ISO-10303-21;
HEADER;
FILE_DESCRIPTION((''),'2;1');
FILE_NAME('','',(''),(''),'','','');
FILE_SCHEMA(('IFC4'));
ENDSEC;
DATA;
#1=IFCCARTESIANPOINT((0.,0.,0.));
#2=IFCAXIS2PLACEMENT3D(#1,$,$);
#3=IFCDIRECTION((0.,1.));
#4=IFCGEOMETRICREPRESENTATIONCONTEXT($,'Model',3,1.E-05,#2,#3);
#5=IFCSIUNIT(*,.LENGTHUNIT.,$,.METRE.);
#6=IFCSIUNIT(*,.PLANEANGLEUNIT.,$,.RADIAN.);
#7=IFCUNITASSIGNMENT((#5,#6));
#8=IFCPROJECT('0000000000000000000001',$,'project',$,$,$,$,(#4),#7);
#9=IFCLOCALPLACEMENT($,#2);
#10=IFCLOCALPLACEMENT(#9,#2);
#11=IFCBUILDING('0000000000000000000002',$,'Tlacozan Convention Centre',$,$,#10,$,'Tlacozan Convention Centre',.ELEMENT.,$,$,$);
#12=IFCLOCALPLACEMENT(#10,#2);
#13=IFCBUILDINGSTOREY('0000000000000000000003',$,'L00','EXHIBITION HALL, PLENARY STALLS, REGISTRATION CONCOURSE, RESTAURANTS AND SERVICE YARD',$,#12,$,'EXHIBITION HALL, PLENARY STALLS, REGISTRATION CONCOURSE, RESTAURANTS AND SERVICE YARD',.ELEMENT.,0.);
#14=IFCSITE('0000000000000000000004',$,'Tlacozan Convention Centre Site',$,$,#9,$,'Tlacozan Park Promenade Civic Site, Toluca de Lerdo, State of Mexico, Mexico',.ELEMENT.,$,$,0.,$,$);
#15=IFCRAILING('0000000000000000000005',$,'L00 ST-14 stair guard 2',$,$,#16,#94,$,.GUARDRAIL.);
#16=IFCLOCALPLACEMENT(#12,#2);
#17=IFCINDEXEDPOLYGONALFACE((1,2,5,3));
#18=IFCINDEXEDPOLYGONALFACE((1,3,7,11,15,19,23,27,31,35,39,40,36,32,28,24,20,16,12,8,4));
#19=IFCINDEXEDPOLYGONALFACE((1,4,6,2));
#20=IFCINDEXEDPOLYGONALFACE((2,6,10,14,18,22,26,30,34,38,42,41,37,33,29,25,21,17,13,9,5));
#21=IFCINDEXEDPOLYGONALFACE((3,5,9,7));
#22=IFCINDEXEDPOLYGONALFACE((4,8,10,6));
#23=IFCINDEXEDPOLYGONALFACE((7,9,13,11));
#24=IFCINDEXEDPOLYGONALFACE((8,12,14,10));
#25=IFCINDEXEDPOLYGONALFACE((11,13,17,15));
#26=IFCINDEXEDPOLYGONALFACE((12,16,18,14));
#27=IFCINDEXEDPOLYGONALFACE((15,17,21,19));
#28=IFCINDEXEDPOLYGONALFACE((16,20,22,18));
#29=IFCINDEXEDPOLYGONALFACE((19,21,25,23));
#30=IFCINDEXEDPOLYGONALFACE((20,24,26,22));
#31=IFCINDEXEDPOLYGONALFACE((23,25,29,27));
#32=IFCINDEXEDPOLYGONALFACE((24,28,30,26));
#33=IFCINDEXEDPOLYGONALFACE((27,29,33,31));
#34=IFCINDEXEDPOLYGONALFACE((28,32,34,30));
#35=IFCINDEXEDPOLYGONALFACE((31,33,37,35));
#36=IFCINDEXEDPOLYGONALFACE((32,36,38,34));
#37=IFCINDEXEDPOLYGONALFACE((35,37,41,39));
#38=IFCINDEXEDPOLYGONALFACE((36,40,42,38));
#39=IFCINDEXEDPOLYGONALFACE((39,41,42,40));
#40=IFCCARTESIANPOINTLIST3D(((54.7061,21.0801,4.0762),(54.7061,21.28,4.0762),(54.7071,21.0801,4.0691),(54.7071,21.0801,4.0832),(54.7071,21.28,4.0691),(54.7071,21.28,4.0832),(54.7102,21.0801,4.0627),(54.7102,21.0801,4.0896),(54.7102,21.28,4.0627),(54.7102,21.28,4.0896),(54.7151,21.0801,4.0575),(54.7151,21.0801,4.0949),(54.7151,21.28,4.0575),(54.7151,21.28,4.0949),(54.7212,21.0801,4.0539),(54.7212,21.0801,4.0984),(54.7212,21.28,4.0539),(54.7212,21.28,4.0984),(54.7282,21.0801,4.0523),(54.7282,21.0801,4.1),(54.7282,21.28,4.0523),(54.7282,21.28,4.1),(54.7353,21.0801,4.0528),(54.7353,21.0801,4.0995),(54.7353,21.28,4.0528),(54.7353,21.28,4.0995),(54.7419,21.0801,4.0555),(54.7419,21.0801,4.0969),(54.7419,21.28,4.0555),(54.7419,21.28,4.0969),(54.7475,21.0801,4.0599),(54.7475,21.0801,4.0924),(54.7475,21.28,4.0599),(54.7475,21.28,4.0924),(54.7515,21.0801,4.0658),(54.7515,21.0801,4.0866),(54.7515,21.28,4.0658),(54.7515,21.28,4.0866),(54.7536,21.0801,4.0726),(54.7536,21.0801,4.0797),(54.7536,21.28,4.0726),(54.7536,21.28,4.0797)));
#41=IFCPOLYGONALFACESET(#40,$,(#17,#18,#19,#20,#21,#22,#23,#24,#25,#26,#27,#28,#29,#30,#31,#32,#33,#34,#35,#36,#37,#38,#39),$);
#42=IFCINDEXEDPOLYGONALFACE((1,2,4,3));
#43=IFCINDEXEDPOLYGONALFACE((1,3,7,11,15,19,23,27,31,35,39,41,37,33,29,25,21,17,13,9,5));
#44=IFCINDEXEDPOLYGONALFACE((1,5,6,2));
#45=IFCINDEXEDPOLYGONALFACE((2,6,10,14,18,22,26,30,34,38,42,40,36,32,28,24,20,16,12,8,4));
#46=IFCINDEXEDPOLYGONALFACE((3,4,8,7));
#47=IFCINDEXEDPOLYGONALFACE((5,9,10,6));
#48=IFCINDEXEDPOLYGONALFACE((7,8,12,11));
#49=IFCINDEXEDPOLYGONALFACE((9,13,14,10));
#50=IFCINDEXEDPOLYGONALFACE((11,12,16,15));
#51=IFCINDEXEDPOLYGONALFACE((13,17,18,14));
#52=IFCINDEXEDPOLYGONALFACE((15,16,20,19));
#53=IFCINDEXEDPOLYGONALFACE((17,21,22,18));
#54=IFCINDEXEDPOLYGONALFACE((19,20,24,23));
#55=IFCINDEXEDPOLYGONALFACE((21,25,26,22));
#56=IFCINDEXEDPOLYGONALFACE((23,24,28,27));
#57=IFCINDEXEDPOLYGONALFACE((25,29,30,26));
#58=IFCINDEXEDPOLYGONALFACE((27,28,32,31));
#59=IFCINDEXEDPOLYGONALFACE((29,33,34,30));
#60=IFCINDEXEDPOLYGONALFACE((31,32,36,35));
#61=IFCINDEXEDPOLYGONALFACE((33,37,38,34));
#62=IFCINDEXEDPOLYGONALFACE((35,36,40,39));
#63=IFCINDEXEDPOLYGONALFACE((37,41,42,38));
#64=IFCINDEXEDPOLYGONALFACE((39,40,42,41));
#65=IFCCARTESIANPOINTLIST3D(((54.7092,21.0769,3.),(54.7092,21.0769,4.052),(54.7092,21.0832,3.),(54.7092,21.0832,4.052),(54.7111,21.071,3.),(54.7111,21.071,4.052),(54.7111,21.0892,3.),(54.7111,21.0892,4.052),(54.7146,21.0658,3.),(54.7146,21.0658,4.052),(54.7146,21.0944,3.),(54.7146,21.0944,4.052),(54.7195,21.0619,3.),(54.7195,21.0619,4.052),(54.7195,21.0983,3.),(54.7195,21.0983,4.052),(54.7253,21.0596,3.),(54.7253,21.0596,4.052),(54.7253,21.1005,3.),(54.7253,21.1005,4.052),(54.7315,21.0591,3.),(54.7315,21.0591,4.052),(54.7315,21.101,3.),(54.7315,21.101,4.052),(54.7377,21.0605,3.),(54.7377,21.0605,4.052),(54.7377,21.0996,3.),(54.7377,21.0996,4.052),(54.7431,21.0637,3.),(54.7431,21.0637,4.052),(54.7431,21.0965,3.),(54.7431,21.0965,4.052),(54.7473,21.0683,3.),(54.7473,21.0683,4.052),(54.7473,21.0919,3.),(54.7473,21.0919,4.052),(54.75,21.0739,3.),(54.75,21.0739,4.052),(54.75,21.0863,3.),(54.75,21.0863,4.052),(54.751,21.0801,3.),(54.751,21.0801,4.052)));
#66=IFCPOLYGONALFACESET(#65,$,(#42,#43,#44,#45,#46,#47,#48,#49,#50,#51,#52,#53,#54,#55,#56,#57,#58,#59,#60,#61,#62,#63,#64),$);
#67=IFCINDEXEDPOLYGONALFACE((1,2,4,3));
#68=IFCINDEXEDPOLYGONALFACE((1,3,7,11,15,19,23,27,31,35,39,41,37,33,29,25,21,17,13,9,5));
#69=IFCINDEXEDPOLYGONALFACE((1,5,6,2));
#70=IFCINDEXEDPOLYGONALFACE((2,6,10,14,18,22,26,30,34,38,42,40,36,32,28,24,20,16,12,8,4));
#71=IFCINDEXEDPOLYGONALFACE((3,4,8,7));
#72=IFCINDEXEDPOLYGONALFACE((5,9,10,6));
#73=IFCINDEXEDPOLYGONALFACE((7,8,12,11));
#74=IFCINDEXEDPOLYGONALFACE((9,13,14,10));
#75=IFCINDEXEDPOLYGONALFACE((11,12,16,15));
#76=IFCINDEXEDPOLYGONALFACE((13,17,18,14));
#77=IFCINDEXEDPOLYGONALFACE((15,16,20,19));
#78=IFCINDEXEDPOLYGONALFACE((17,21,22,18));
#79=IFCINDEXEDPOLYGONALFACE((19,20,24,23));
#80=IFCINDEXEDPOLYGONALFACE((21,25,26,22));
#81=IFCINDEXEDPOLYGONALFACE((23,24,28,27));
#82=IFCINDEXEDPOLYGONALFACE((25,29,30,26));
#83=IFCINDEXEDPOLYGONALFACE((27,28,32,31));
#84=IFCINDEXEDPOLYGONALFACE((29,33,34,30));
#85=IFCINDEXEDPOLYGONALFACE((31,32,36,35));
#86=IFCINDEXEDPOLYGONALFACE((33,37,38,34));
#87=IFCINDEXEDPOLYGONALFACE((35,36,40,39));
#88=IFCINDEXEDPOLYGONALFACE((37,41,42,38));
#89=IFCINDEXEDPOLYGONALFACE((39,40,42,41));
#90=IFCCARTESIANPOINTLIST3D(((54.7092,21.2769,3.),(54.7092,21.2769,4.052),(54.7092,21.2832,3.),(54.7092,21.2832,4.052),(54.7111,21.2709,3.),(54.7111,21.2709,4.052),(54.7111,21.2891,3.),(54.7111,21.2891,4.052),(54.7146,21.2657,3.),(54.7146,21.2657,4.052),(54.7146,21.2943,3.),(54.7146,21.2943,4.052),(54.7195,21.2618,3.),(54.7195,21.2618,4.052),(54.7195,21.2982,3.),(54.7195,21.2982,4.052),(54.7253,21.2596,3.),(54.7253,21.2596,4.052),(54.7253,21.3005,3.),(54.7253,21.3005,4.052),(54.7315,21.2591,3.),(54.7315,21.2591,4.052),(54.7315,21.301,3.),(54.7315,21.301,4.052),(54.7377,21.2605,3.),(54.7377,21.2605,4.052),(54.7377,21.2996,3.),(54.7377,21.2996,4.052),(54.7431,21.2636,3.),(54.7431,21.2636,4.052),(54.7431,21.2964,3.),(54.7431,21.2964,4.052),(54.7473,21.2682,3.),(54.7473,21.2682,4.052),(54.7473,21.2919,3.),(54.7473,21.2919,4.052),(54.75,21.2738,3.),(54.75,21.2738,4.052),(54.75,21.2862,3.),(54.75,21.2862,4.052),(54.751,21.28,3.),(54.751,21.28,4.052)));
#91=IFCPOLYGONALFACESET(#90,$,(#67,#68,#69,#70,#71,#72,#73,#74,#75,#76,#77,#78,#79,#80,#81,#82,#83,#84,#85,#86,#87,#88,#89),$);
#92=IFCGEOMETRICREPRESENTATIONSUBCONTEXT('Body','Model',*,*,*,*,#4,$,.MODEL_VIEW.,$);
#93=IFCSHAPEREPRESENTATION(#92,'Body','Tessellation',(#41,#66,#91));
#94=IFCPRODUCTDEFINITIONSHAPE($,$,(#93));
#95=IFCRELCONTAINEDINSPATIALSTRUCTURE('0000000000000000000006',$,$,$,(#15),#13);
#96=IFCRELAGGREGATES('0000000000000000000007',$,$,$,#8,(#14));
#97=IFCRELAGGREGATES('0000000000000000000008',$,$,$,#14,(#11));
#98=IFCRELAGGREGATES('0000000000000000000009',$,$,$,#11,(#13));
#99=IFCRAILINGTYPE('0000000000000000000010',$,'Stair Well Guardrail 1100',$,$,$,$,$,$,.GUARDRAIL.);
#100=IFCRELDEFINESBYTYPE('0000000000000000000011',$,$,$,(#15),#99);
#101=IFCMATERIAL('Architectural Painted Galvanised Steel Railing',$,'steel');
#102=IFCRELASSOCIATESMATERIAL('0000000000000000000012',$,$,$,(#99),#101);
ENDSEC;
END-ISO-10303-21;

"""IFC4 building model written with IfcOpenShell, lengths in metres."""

from ifc_helpers import new_model, si_unit, direction, frame, origin, origin_2d, place, context, subcontext, project, spatial, circle, extrude, material, type_object, element, save


model = new_model("IFC4")

# Units and contexts
model_context = context("Model", 3, precision=1e-05, world=origin(), true_north=direction((0.0, 1.0)))
body_context = subcontext(model_context, "Body", "Model", "MODEL_VIEW")
ifc_project = project(units=[si_unit("LENGTHUNIT", "METRE"), si_unit("PLANEANGLEUNIT", "RADIAN")], contexts=[model_context])

# Site, building, storey
site_placement = place(None, origin())
site = spatial("IfcSite", under=ifc_project, at=site_placement, Name="Tlacozan Convention Centre Site", LongName="Tlacozan Park Promenade Civic Site, Toluca de Lerdo, State of Mexico, Mexico", CompositionType="ELEMENT", RefElevation=0.0)
building_placement = place(site_placement, origin())
building = spatial("IfcBuilding", under=site, at=building_placement, Name="Tlacozan Convention Centre", LongName="Tlacozan Convention Centre", CompositionType="ELEMENT")
storey_placement = place(building_placement, origin())
storey = spatial("IfcBuildingStorey", under=building, at=storey_placement, Name="L00", Description="EXHIBITION HALL, PLENARY STALLS, REGISTRATION CONCOURSE, RESTAURANTS AND SERVICE YARD", LongName="EXHIBITION HALL, PLENARY STALLS, REGISTRATION CONCOURSE, RESTAURANTS AND SERVICE YARD", CompositionType="ELEMENT", Elevation=0.0)

# Railing
ifc_material_1 = material(Name="Architectural Painted Galvanised Steel Railing", Category="steel")
railing_type_1 = type_object("IfcRailingType", Name="Stair Well Guardrail 1100", PredefinedType="GUARDRAIL", material=ifc_material_1)
railing_1_placement = place(storey_placement, frame((54.73, 21.0801, 3.0)))
element("IfcRailing", 1, at=railing_1_placement, inside=storey, type_object=railing_type_1, Name="L00 ST-14 stair guard 2", PredefinedType="GUARDRAIL", context=body_context, shape_type="SweptSolid", body=[
    extrude(circle(Radius=0.0239, at=origin_2d()), frame((0.0, 0.0, 1.0762), z_axis=(0.0, 1.0, 0.0), x_axis=(-1.0, 0.0, 0.0)), (0.0, 0.0, 1.0), 0.2),
    extrude(circle(Radius=0.021, at=origin_2d()), origin(), (0.0, 0.0, 1.0), 1.052),
    extrude(circle(Radius=0.021, at=origin_2d()), frame((0.0, 0.2, 0.0)), (0.0, 0.0, 1.0), 1.052),
])

save(model, "model.ifc")
